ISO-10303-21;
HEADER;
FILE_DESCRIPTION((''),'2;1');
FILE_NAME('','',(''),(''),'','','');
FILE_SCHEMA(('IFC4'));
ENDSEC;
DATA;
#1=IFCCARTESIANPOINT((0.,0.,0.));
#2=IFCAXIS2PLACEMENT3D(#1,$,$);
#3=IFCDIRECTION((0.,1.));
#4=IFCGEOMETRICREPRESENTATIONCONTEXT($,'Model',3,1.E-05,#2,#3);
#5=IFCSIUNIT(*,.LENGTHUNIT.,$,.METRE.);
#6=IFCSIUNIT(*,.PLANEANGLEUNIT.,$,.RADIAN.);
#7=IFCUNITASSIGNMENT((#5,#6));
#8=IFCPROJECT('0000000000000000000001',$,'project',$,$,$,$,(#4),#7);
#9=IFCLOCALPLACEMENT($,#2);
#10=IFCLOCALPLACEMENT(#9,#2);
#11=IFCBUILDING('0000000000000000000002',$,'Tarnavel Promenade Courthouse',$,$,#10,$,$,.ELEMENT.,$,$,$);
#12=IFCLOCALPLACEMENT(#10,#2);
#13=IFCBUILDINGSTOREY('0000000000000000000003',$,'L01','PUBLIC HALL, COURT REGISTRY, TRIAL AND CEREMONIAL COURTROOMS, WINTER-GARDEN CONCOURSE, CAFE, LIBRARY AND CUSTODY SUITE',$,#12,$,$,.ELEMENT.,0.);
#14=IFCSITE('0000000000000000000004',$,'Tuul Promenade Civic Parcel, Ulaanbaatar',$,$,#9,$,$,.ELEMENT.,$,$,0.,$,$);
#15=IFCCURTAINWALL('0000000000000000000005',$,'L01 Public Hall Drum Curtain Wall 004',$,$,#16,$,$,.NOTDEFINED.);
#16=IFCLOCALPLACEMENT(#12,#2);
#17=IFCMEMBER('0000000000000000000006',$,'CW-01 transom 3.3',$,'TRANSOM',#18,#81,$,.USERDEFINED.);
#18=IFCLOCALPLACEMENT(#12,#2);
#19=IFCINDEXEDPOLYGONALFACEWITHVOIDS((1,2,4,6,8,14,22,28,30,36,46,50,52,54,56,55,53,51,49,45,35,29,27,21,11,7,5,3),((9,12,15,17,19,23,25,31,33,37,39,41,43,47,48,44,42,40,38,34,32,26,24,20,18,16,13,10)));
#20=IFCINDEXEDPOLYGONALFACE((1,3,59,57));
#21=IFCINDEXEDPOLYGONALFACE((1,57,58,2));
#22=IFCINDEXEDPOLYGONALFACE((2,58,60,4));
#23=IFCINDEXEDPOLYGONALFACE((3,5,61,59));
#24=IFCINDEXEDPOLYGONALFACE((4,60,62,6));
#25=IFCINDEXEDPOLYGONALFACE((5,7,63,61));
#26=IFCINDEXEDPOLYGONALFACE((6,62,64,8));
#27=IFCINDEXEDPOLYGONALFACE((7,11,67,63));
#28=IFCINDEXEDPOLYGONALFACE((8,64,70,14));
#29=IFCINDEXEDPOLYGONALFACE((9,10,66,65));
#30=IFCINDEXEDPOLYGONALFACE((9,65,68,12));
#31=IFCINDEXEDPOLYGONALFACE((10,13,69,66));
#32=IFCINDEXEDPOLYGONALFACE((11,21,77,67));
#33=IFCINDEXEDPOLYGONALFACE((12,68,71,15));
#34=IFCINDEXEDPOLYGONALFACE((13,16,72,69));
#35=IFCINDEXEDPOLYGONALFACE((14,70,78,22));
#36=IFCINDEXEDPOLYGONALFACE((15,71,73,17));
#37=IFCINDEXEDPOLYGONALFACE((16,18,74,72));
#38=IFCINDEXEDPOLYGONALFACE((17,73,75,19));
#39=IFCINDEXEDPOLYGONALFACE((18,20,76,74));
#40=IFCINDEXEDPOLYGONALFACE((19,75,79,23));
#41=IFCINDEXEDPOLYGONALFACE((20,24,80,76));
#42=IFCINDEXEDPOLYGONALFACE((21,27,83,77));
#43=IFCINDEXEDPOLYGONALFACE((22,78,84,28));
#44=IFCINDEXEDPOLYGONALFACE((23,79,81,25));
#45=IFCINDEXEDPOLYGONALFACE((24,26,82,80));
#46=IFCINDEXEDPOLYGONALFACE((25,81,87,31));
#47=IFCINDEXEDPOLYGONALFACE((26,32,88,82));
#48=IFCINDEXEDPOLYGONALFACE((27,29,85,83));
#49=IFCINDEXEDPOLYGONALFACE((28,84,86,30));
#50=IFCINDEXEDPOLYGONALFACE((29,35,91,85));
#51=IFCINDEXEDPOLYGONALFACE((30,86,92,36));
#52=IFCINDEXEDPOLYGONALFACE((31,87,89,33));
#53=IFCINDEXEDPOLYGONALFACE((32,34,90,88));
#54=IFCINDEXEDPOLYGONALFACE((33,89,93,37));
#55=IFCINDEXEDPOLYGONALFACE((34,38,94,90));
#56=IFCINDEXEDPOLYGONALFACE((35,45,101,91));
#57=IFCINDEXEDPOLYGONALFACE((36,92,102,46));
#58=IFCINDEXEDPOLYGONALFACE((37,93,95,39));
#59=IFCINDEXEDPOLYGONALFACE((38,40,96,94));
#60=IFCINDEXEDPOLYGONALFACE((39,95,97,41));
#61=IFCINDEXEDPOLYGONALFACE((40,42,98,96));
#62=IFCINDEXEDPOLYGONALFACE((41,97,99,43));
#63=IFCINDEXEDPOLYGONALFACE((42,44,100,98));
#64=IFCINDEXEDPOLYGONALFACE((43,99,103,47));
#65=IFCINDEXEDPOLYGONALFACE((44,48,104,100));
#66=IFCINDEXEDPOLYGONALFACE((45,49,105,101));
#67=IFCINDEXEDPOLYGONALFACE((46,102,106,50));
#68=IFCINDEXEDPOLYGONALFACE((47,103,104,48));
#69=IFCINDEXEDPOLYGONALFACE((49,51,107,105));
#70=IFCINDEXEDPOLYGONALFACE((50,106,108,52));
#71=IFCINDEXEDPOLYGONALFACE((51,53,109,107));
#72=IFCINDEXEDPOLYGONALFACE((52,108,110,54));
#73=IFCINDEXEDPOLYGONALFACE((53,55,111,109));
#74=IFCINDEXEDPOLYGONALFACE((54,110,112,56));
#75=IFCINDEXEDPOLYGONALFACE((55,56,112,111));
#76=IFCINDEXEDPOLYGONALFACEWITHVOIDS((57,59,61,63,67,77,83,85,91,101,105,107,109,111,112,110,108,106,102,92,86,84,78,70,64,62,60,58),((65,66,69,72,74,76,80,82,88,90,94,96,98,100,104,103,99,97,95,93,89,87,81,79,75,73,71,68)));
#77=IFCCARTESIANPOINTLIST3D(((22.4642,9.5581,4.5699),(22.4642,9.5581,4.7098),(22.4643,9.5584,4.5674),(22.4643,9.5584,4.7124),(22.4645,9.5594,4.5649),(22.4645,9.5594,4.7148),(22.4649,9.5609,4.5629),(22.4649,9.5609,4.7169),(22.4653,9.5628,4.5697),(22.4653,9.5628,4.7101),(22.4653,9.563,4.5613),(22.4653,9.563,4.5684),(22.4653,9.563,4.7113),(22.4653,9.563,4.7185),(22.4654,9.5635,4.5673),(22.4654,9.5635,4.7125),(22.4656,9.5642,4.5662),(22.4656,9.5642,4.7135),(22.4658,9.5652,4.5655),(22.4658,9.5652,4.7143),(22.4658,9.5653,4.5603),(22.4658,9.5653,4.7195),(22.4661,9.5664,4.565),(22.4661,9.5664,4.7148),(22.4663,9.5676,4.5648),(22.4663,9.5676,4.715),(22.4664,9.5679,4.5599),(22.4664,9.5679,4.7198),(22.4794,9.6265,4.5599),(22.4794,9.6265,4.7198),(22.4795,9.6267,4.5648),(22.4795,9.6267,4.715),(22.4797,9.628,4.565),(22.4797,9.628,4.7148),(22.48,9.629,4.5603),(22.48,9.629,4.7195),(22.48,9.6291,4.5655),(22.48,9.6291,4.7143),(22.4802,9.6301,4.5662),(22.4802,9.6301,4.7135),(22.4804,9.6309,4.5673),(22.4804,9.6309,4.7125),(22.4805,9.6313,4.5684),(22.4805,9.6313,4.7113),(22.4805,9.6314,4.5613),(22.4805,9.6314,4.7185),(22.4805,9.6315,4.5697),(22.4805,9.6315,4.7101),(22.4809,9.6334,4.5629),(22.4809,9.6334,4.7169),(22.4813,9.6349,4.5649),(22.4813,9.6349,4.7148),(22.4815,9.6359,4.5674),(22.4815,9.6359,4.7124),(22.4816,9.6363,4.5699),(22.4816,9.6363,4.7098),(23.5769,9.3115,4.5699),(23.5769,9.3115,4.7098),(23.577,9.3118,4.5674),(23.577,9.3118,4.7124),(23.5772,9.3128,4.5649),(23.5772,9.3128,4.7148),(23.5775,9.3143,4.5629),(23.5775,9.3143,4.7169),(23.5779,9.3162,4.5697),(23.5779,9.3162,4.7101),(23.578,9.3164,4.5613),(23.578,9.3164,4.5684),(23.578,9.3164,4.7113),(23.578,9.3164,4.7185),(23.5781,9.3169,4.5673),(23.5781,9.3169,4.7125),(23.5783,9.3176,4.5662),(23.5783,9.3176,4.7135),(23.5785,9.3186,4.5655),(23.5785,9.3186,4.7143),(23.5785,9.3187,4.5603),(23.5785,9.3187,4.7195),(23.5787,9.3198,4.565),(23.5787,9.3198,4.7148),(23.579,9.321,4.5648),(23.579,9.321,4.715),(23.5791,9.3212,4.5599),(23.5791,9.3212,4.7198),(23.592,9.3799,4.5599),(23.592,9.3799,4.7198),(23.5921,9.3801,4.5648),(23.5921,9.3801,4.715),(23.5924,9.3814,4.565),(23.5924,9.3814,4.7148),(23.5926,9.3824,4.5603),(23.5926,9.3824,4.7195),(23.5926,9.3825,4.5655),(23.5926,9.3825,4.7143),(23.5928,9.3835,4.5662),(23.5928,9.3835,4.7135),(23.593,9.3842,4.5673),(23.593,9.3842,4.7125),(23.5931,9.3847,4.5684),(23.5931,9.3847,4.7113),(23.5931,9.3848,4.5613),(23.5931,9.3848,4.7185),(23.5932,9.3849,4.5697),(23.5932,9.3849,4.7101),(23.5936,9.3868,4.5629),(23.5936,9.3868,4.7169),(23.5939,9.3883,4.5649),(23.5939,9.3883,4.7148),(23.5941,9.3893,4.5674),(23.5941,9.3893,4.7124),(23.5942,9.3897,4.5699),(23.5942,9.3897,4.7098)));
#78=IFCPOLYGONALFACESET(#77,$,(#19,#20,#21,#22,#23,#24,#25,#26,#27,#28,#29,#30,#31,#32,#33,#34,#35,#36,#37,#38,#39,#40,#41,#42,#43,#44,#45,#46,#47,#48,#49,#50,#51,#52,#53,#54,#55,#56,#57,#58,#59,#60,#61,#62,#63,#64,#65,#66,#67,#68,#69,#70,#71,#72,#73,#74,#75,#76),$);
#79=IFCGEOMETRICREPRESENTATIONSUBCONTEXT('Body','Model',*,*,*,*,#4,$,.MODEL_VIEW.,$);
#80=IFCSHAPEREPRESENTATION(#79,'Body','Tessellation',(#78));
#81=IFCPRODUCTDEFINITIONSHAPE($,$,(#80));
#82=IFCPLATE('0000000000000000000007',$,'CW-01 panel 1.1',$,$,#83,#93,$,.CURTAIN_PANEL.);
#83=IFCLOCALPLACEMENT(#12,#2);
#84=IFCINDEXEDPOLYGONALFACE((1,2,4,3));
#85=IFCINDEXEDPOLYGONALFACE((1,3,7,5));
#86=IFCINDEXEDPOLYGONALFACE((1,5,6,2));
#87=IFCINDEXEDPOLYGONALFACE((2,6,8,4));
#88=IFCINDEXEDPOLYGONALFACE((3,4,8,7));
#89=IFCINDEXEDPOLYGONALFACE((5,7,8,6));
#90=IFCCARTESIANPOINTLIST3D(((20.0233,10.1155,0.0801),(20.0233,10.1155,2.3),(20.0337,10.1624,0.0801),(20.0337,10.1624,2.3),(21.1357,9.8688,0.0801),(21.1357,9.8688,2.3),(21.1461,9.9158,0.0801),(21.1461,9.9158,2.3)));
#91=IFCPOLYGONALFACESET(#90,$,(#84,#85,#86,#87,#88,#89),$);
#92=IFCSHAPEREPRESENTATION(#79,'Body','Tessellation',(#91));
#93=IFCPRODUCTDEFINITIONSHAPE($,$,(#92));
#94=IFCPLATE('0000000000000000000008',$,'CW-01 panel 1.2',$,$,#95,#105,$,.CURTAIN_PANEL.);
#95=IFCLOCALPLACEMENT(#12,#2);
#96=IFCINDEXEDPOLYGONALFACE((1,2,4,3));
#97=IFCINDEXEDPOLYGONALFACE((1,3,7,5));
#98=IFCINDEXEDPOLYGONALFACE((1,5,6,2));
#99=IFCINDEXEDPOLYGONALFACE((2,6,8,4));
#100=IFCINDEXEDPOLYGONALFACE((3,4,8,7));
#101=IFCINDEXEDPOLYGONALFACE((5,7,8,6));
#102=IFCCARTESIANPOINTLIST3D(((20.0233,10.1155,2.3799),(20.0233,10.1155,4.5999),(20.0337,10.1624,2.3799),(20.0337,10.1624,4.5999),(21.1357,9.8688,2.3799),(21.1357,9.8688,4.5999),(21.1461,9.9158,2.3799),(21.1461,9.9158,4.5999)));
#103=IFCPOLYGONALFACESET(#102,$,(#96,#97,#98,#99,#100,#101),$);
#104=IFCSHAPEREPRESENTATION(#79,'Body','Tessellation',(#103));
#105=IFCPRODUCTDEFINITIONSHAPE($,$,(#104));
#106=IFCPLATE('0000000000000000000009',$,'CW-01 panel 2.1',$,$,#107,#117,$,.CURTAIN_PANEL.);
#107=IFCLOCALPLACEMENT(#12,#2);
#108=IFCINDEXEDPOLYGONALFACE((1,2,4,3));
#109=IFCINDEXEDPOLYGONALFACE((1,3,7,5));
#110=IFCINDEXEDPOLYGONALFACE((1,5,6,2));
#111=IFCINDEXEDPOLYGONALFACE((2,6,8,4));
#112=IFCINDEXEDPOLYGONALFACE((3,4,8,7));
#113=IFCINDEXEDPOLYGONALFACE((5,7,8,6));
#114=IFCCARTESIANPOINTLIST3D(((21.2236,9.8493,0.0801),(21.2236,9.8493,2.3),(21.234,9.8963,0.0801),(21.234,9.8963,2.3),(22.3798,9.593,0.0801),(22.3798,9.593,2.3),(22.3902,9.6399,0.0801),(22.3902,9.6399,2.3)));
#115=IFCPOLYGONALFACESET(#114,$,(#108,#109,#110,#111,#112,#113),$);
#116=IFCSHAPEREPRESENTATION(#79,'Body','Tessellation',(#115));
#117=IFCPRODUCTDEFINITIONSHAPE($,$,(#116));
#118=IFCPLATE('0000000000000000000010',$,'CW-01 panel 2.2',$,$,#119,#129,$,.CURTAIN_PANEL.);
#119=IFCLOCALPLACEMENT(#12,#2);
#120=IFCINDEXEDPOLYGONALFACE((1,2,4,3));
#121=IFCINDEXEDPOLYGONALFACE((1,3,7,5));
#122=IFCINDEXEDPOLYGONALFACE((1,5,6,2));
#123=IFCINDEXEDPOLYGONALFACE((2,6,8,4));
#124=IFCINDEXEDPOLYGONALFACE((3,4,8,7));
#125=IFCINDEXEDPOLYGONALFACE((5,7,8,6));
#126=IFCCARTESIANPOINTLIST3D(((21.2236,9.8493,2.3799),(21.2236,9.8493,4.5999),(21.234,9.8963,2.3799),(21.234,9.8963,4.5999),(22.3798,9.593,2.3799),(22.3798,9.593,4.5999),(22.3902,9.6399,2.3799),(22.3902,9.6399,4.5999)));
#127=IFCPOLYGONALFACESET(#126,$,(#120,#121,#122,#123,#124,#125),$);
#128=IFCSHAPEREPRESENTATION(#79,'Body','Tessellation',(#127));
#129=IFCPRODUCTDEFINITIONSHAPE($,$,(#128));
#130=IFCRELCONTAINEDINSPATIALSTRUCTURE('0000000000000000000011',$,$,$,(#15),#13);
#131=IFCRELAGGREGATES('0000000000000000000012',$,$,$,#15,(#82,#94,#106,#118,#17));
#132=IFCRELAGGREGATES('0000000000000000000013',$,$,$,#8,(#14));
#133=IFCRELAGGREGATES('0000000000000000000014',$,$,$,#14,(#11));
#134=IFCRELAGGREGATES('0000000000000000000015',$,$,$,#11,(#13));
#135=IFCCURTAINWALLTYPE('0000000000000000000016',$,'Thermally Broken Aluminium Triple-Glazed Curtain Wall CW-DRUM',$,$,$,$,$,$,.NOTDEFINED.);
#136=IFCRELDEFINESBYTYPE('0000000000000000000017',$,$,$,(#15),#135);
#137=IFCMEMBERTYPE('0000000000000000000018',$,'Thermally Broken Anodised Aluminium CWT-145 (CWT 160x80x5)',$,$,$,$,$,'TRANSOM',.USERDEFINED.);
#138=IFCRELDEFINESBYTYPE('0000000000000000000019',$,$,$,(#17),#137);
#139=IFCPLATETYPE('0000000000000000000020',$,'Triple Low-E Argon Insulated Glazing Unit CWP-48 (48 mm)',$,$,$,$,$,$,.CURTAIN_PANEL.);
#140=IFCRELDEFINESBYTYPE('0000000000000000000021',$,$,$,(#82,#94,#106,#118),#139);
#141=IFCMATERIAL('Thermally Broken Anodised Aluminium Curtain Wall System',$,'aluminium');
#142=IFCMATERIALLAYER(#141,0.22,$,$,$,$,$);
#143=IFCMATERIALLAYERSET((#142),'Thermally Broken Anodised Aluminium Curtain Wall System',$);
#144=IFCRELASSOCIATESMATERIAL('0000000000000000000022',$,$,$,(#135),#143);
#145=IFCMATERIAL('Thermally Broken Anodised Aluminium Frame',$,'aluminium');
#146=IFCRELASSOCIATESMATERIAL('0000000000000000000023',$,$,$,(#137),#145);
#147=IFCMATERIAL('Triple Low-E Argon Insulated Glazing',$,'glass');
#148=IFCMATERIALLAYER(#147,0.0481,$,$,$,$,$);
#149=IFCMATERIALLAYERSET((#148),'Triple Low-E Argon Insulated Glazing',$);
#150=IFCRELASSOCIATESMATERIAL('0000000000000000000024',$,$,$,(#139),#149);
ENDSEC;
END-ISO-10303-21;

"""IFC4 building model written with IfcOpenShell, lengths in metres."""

from ifc_helpers import new_model, si_unit, direction, frame, origin, origin_2d, place, context, subcontext, project, spatial, rectangle, hollow_rectangle, extrude, material, layer, layer_set, material_profile, profile_set, type_object, element, aggregate, save


model = new_model("IFC4")

# Units and contexts
model_context = context("Model", 3, precision=1e-05, world=origin(), true_north=direction((0.0, 1.0)))
body_context = subcontext(model_context, "Body", "Model", "MODEL_VIEW")
ifc_project = project(units=[si_unit("LENGTHUNIT", "METRE"), si_unit("PLANEANGLEUNIT", "RADIAN")], contexts=[model_context])

# Site, building, storey
site_placement = place(None, origin())
site = spatial("IfcSite", under=ifc_project, at=site_placement, Name="Tuul Promenade Civic Parcel, Ulaanbaatar", CompositionType="ELEMENT", RefElevation=0.0)
building_placement = place(site_placement, origin())
building = spatial("IfcBuilding", under=site, at=building_placement, Name="Tarnavel Promenade Courthouse", CompositionType="ELEMENT")
storey_placement = place(building_placement, origin())
storey = spatial("IfcBuildingStorey", under=building, at=storey_placement, Name="L01", Description="PUBLIC HALL, COURT REGISTRY, TRIAL AND CEREMONIAL COURTROOMS, WINTER-GARDEN CONCOURSE, CAFE, LIBRARY AND CUSTODY SUITE", CompositionType="ELEMENT", Elevation=0.0)

# Curtain wall, member, plates
ifc_material_1 = material(Name="Thermally Broken Anodised Aluminium Curtain Wall System", Category="aluminium")
ifc_layer_1 = layer(ifc_material_1, 0.22)
ifc_layer_set_1 = layer_set([ifc_layer_1], Name="Thermally Broken Anodised Aluminium Curtain Wall System")
curtain_wall_type = type_object("IfcCurtainWallType", Name="Thermally Broken Aluminium Triple-Glazed Curtain Wall CW-DRUM", PredefinedType="NOTDEFINED", material=ifc_layer_set_1)
curtain_wall_placement = place(storey_placement, origin())
curtain_wall = element("IfcCurtainWall", 1, at=curtain_wall_placement, inside=storey, type_object=curtain_wall_type, Name="L01 Public Hall Drum Curtain Wall 004", PredefinedType="NOTDEFINED")
ifc_material_2 = material(Name="Thermally Broken Anodised Aluminium Frame", Category="aluminium")
ifc_material_profile_1 = material_profile(ifc_material_2, hollow_rectangle(XDim=0.0801, YDim=0.1599, WallThickness=0.0049, InnerFilletRadius=0.0049, OuterFilletRadius=0.01, at=origin_2d()), Name="CWT 160x80x5")
ifc_profile_set_1 = profile_set([ifc_material_profile_1], Name="Thermally Broken Anodised Aluminium Frame")
member_type_1 = type_object("IfcMemberType", Name="Thermally Broken Anodised Aluminium CWT-145 (CWT 160x80x5)", ElementType="TRANSOM", PredefinedType="USERDEFINED", material=ifc_profile_set_1)
member_1_placement = place(storey_placement, frame((22.4729, 9.5972, 4.6399), z_axis=(0.976308, -0.216386, 0.0), x_axis=(0.216386, 0.976308, 0.0)))
member_1 = element("IfcMember", 2, at=member_1_placement, type_object=member_type_1, Name="CW-01 transom 3.3", ObjectType="TRANSOM", PredefinedType="USERDEFINED", context=body_context, shape_type="SweptSolid", body=[
    extrude(hollow_rectangle(XDim=0.0801, YDim=0.1599, WallThickness=0.0049, InnerFilletRadius=0.0049, OuterFilletRadius=0.01, at=origin_2d()), origin(), (0.0, 0.0, 1.0), 1.1396),
])
ifc_material_3 = material(Name="Triple Low-E Argon Insulated Glazing", Category="glass")
ifc_layer_2 = layer(ifc_material_3, 0.0481)
ifc_layer_set_2 = layer_set([ifc_layer_2], Name="Triple Low-E Argon Insulated Glazing")
plate_type = type_object("IfcPlateType", Name="Triple Low-E Argon Insulated Glazing Unit CWP-48 (48 mm)", PredefinedType="CURTAIN_PANEL", material=ifc_layer_set_2)
plate_1_placement = place(storey_placement, frame((20.5847, 10.0156, 0.0801), z_axis=(0.0, 0.0, 1.0), x_axis=(0.976296, -0.21644, 0.0)))
plate_1 = element("IfcPlate", 3, at=plate_1_placement, type_object=plate_type, Name="CW-01 panel 1.1", PredefinedType="CURTAIN_PANEL", context=body_context, shape_type="SweptSolid", body=[
    extrude(rectangle(XDim=1.1394, YDim=0.0481, at=origin_2d()), origin(), (0.0, 0.0, 1.0), 2.22),
])
plate_2_placement = place(storey_placement, frame((20.5847, 10.0156, 2.3799), z_axis=(0.0, 0.0, 1.0), x_axis=(0.976296, -0.21644, 0.0)))
plate_2 = element("IfcPlate", 4, at=plate_2_placement, type_object=plate_type, Name="CW-01 panel 1.2", PredefinedType="CURTAIN_PANEL", context=body_context, shape_type="SweptSolid", body=[
    extrude(rectangle(XDim=1.1394, YDim=0.0481, at=origin_2d()), origin(), (0.0, 0.0, 1.0), 2.22),
])
plate_3_placement = place(storey_placement, frame((21.8069, 9.7446, 0.0801), z_axis=(0.0, 0.0, 1.0), x_axis=(0.976296, -0.21644, 0.0)))
plate_3 = element("IfcPlate", 5, at=plate_3_placement, type_object=plate_type, Name="CW-01 panel 2.1", PredefinedType="CURTAIN_PANEL", context=body_context, shape_type="SweptSolid", body=[
    extrude(rectangle(XDim=1.1843, YDim=0.0481, at=origin_2d()), origin(), (0.0, 0.0, 1.0), 2.22),
])
plate_4_placement = place(storey_placement, frame((21.8069, 9.7446, 2.3799), z_axis=(0.0, 0.0, 1.0), x_axis=(0.976296, -0.21644, 0.0)))
plate_4 = element("IfcPlate", 6, at=plate_4_placement, type_object=plate_type, Name="CW-01 panel 2.2", PredefinedType="CURTAIN_PANEL", context=body_context, shape_type="SweptSolid", body=[
    extrude(rectangle(XDim=1.1843, YDim=0.0481, at=origin_2d()), origin(), (0.0, 0.0, 1.0), 2.22),
])
aggregate(curtain_wall, [plate_1, plate_2, plate_3, plate_4, member_1])

save(model, "model.ifc")
